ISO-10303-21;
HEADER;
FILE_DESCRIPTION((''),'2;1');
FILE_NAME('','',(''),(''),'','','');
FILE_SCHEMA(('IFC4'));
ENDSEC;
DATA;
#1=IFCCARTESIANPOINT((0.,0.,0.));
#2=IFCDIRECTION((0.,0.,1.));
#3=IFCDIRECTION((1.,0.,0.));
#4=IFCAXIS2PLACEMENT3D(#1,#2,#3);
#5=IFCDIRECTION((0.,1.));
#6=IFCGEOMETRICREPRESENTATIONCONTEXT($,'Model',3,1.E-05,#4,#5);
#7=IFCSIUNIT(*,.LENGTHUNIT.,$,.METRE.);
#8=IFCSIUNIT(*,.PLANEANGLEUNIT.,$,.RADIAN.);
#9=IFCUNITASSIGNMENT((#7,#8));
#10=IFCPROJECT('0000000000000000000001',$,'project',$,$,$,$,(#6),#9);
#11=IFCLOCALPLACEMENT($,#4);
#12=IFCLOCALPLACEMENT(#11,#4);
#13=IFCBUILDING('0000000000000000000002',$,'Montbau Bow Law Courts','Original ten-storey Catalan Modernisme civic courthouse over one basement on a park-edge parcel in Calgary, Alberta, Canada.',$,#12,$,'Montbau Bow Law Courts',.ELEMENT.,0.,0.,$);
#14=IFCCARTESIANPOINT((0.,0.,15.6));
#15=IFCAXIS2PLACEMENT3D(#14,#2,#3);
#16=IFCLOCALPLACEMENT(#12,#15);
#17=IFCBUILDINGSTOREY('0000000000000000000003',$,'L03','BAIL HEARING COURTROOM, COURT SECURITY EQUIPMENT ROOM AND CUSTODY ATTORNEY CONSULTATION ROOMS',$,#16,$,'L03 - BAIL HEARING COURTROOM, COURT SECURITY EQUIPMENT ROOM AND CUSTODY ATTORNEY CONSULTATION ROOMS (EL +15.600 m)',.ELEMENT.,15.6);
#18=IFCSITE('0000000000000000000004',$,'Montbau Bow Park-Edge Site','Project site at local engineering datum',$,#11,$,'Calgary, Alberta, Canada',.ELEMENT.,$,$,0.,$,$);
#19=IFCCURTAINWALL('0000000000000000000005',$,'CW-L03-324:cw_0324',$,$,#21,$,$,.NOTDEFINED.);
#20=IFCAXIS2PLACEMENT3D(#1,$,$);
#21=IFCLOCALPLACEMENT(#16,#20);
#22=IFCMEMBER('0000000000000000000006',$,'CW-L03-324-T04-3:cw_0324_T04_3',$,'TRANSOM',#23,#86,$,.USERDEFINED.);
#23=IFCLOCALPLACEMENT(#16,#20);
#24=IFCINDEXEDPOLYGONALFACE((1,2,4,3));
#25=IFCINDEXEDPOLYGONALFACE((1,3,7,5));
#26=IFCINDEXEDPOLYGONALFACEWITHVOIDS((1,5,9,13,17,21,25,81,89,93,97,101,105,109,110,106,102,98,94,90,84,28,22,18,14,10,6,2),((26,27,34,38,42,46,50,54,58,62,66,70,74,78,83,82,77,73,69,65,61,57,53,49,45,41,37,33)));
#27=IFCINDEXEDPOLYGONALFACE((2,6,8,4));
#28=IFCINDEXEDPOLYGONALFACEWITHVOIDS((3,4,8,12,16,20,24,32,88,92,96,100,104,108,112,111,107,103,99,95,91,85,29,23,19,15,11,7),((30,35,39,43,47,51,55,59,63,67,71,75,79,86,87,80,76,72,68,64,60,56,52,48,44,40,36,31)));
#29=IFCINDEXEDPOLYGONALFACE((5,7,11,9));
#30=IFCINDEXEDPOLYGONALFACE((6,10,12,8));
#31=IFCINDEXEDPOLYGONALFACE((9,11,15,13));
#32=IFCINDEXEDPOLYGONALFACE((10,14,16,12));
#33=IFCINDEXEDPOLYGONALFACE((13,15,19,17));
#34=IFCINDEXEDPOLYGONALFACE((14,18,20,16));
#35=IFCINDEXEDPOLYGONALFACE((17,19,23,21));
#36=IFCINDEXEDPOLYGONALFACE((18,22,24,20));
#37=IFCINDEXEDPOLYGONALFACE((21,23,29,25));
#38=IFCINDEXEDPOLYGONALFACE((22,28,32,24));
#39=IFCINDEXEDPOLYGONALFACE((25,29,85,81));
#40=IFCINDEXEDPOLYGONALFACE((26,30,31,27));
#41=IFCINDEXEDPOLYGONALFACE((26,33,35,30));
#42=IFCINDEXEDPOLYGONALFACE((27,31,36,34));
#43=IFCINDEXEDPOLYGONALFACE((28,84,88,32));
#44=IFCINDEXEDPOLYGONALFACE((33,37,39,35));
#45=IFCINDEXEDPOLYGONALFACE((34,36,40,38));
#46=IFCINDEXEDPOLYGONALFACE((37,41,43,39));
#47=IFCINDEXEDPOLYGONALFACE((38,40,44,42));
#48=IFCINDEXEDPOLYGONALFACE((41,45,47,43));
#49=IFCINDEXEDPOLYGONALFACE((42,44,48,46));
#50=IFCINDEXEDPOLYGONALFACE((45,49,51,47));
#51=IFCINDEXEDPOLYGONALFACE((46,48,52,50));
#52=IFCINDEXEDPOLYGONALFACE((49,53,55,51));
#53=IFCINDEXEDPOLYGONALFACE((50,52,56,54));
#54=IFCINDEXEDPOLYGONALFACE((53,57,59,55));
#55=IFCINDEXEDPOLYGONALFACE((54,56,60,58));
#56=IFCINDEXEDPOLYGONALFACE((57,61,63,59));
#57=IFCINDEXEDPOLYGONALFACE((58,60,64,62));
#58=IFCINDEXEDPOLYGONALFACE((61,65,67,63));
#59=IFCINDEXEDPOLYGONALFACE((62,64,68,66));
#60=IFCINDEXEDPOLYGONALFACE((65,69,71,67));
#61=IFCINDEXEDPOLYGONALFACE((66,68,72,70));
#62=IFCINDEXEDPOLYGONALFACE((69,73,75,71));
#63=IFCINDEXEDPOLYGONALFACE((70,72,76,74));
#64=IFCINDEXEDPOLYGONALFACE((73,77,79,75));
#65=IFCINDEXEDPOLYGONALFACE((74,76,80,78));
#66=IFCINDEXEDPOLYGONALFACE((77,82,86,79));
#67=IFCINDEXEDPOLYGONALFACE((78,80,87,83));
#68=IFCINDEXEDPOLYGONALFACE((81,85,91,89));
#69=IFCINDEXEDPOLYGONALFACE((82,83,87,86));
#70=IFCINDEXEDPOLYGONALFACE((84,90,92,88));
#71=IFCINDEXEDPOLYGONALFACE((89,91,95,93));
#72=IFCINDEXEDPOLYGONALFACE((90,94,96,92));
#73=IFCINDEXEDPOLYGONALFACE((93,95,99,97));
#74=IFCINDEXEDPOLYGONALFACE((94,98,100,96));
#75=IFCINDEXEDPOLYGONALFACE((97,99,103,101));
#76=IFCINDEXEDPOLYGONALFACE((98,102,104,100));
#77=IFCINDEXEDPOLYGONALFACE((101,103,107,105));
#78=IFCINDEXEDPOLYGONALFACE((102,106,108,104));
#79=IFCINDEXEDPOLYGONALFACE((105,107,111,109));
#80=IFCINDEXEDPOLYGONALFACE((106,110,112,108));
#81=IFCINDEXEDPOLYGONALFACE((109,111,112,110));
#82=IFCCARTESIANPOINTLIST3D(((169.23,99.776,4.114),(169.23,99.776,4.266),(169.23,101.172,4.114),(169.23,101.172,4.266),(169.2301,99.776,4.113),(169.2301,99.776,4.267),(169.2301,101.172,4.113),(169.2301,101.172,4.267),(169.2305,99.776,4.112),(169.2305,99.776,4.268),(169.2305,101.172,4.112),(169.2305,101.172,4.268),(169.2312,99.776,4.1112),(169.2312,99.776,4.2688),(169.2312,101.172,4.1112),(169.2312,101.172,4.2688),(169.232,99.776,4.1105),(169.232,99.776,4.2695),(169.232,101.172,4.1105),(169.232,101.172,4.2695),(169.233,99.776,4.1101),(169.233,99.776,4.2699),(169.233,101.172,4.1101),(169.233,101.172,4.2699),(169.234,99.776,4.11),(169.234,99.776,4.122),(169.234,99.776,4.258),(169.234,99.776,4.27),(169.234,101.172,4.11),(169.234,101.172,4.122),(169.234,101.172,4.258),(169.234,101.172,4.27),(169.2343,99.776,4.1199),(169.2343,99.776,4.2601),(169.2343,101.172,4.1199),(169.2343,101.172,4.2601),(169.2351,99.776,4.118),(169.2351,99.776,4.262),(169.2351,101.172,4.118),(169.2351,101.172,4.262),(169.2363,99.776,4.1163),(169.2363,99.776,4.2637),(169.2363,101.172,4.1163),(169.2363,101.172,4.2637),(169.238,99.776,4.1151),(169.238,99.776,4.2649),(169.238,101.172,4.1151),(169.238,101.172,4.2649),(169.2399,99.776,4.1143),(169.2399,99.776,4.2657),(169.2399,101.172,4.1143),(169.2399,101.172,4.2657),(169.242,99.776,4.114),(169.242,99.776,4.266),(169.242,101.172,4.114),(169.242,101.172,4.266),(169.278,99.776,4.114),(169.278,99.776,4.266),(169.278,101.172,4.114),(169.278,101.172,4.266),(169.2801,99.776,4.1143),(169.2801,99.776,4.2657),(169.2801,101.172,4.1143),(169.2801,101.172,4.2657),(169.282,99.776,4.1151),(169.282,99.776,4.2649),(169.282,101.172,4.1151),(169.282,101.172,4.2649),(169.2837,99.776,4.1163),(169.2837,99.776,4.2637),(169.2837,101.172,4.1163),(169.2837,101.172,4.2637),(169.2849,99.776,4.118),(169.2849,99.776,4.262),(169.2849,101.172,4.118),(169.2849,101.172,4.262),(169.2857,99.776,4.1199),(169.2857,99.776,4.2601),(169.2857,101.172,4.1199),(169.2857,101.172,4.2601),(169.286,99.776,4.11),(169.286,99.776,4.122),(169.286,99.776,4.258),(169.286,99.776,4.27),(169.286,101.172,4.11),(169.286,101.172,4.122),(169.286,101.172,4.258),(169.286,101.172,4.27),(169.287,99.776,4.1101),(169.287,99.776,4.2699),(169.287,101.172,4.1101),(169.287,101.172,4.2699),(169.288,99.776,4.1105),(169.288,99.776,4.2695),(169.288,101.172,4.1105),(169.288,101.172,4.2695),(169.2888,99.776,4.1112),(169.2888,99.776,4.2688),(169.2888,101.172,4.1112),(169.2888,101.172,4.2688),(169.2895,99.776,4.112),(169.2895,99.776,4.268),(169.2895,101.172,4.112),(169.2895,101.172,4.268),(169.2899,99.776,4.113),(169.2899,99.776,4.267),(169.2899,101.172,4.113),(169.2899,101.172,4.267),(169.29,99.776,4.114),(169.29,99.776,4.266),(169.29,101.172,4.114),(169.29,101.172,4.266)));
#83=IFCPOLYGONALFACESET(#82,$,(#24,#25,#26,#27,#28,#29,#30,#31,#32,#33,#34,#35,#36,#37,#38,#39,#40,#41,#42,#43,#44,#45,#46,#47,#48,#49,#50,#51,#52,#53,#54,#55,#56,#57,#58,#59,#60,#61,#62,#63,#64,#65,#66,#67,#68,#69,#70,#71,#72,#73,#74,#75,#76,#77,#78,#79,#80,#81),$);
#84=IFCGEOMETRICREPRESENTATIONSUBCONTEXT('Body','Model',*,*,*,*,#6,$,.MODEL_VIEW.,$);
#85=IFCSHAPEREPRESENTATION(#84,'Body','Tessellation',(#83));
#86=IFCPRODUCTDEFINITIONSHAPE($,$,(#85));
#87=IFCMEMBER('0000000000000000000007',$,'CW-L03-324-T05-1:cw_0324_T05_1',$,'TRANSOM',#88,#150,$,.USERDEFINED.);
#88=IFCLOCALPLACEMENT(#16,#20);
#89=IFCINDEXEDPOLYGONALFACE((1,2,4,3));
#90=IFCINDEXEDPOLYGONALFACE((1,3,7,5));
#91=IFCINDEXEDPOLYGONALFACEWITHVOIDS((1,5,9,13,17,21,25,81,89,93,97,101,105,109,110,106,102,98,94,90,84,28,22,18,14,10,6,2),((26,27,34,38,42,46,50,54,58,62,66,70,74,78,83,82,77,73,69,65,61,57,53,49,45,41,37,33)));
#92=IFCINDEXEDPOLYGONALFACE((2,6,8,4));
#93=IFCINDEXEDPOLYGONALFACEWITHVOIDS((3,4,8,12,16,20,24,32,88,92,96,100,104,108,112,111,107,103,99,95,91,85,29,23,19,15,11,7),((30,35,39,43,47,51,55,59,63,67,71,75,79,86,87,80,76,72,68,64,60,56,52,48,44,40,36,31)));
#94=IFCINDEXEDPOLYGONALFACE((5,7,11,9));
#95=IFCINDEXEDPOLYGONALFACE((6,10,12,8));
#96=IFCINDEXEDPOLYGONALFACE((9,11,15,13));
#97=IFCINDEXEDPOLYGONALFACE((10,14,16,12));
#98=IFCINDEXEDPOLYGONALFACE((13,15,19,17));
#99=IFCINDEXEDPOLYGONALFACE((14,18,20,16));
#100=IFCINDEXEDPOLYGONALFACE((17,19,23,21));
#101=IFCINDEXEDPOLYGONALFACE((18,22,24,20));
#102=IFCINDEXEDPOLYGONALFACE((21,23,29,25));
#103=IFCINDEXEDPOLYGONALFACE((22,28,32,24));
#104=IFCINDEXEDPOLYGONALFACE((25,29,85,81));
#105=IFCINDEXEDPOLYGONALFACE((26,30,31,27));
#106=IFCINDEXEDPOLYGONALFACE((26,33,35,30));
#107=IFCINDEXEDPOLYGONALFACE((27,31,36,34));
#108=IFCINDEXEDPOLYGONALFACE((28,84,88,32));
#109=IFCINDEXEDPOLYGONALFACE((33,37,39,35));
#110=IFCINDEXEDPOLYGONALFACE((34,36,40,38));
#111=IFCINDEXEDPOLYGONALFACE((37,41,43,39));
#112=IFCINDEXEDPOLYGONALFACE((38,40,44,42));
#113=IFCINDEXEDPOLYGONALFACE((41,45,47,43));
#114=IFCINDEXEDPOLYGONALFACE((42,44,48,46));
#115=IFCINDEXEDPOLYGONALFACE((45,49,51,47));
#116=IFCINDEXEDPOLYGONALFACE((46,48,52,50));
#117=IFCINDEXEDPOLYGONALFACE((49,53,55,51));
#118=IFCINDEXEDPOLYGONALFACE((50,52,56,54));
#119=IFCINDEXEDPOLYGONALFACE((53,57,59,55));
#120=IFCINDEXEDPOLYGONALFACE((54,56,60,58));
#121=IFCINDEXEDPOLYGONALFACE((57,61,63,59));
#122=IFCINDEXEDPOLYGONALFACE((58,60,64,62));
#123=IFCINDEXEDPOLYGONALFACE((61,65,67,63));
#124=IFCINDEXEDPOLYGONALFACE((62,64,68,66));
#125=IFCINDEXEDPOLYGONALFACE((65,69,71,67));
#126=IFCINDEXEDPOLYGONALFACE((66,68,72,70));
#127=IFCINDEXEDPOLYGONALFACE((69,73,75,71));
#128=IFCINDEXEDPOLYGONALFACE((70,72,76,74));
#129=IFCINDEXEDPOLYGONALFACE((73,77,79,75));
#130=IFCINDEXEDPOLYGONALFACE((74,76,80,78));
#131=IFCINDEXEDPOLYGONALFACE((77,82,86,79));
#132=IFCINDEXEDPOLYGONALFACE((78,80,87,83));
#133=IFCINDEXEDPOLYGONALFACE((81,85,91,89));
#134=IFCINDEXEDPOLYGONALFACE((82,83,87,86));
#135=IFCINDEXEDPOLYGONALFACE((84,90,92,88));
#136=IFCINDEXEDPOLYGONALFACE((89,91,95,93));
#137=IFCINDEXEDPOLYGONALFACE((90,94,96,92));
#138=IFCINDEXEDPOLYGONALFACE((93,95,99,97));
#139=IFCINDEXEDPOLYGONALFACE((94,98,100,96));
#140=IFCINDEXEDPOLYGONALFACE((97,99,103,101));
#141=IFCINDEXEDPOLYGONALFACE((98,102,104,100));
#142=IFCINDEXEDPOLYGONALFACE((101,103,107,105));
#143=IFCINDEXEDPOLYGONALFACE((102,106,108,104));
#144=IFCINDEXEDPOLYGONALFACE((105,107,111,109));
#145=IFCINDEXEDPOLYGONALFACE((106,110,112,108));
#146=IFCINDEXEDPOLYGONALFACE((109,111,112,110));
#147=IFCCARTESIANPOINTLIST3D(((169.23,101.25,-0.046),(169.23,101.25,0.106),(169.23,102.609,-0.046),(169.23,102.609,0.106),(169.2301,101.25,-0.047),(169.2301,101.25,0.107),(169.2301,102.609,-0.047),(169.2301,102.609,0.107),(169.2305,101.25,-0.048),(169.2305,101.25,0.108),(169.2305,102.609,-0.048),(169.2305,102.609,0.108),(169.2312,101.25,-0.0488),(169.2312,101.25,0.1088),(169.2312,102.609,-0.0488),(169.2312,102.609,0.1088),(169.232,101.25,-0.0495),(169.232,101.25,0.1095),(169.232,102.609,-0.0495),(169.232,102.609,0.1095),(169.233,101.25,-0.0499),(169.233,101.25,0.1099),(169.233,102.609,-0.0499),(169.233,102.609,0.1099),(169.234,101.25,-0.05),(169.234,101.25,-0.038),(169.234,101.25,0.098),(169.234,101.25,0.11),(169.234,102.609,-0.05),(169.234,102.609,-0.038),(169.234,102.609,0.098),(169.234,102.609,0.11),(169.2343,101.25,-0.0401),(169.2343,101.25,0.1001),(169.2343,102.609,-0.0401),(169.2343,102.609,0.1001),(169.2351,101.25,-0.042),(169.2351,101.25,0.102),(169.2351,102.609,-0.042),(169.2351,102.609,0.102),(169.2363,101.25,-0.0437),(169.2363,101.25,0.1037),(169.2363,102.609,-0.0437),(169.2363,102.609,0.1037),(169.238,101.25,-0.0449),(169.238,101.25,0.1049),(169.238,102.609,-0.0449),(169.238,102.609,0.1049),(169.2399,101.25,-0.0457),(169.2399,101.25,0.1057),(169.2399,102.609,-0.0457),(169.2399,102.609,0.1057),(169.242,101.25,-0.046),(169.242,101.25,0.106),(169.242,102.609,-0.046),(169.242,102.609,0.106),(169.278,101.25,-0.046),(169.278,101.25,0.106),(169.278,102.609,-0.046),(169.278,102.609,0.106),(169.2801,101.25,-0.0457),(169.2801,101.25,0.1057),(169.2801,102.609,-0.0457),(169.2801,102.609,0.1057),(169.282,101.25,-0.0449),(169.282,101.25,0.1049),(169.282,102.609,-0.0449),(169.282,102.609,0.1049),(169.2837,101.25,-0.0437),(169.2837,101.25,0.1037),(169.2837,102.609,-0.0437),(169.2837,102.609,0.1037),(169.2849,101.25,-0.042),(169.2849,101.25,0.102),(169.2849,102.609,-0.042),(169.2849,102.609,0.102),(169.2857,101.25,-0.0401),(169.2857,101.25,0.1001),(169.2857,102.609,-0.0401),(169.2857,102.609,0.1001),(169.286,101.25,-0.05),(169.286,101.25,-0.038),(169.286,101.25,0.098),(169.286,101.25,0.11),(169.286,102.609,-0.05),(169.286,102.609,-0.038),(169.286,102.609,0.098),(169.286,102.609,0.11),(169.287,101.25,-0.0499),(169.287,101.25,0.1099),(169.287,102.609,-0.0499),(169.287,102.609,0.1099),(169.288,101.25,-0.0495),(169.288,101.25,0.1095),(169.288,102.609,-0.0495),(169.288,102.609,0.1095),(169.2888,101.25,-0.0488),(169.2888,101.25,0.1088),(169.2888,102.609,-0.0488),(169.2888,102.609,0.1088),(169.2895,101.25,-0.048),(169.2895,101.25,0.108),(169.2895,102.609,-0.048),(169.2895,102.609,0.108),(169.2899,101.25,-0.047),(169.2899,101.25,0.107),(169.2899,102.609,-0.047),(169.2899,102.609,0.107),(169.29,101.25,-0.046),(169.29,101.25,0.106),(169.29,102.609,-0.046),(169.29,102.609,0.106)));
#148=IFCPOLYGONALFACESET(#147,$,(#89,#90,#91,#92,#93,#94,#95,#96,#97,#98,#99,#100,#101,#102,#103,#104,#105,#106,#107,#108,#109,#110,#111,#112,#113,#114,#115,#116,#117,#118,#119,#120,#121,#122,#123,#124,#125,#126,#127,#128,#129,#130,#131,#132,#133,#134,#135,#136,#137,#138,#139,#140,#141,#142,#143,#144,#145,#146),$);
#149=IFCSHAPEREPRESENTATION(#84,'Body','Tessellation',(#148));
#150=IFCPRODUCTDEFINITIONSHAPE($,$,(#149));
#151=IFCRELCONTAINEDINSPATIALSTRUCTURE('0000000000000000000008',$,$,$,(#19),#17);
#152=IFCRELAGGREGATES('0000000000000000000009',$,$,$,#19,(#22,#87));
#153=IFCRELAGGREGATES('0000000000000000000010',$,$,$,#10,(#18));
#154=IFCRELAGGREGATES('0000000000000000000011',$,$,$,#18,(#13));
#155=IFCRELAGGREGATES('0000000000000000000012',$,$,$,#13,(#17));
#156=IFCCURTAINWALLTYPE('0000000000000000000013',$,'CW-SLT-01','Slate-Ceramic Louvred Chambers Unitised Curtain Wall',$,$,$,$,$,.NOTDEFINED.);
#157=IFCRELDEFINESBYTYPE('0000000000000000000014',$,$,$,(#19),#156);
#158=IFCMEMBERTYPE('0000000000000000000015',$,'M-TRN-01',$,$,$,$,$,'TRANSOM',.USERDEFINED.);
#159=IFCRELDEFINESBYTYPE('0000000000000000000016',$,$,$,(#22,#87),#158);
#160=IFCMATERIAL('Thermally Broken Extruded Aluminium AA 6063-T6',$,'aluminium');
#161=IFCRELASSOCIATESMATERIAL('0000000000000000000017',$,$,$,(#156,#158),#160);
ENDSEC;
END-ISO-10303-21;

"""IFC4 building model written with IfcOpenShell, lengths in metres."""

from ifc_helpers import new_model, si_unit, direction, frame, origin_with_axes, origin_2d_with_axis, place, context, subcontext, project, spatial, hollow_rectangle, extrude, material, material_profile, profile_set, type_object, element, aggregate, save


model = new_model("IFC4")

# Units and contexts
model_context = context("Model", 3, precision=1e-05, world=origin_with_axes(), true_north=direction((0.0, 1.0)))
body_context = subcontext(model_context, "Body", "Model", "MODEL_VIEW")
ifc_project = project(units=[si_unit("LENGTHUNIT", "METRE"), si_unit("PLANEANGLEUNIT", "RADIAN")], contexts=[model_context])

# Site, building, storey
site_placement = place(None, origin_with_axes())
site = spatial("IfcSite", under=ifc_project, at=site_placement, Name="Montbau Bow Park-Edge Site", Description="Project site at local engineering datum", LongName="Calgary, Alberta, Canada", CompositionType="ELEMENT", RefElevation=0.0)
building_placement = place(site_placement, origin_with_axes())
building = spatial("IfcBuilding", under=site, at=building_placement, Name="Montbau Bow Law Courts", Description="Original ten-storey Catalan Modernisme civic courthouse over one basement on a park-edge parcel in Calgary, Alberta, Canada.", LongName="Montbau Bow Law Courts", CompositionType="ELEMENT", ElevationOfRefHeight=0.0, ElevationOfTerrain=0.0)
storey_placement = place(building_placement, frame((0.0, 0.0, 15.6), z_axis=(0.0, 0.0, 1.0), x_axis=(1.0, 0.0, 0.0)))
storey = spatial("IfcBuildingStorey", under=building, at=storey_placement, Name="L03", Description="BAIL HEARING COURTROOM, COURT SECURITY EQUIPMENT ROOM AND CUSTODY ATTORNEY CONSULTATION ROOMS", LongName="L03 - BAIL HEARING COURTROOM, COURT SECURITY EQUIPMENT ROOM AND CUSTODY ATTORNEY CONSULTATION ROOMS (EL +15.600 m)", CompositionType="ELEMENT", Elevation=15.6)

# Curtain wall, members
ifc_material_1 = material(Name="Thermally Broken Extruded Aluminium AA 6063-T6", Category="aluminium")
curtain_wall_type = type_object("IfcCurtainWallType", Name="CW-SLT-01", Description="Slate-Ceramic Louvred Chambers Unitised Curtain Wall", PredefinedType="NOTDEFINED", material=ifc_material_1)
curtain_wall_placement = place(None, frame((169.26, 95.315, 15.6), z_axis=(0.0, 0.0, 1.0), x_axis=(1.0, 0.0, 0.0)))
curtain_wall = element("IfcCurtainWall", 1, at=curtain_wall_placement, inside=storey, type_object=curtain_wall_type, Name="CW-L03-324:cw_0324", PredefinedType="NOTDEFINED")
ifc_material_profile_1 = material_profile(ifc_material_1, hollow_rectangle(XDim=0.06, YDim=0.16, WallThickness=0.004, InnerFilletRadius=0.008, OuterFilletRadius=0.004, at=origin_2d_with_axis()), Name="CWT-160X60", Category="Main", Priority=0)
ifc_profile_set_1 = profile_set([ifc_material_profile_1], Name="Thermally Broken Extruded Aluminium AA 6063-T6")
member_type_1 = type_object("IfcMemberType", Name="M-TRN-01", ElementType="TRANSOM", PredefinedType="USERDEFINED", material=ifc_profile_set_1)
member_1_placement = place(None, frame((169.26, 99.776, 19.79), z_axis=(0.0, 1.0, 0.0), x_axis=(-1.0, 0.0, 0.0)))
member_1 = element("IfcMember", 2, at=member_1_placement, type_object=member_type_1, Name="CW-L03-324-T04-3:cw_0324_T04_3", ObjectType="TRANSOM", PredefinedType="USERDEFINED", context=body_context, shape_type="SweptSolid", body=[
    extrude(hollow_rectangle(XDim=0.06, YDim=0.16, WallThickness=0.004, InnerFilletRadius=0.008, OuterFilletRadius=0.004, at=origin_2d_with_axis()), origin_with_axes(), (0.0, 0.0, 1.0), 1.396),
])
member_2_placement = place(None, frame((169.26, 101.25, 15.63), z_axis=(0.0, 1.0, 0.0), x_axis=(-1.0, 0.0, 0.0)))
member_2 = element("IfcMember", 3, at=member_2_placement, type_object=member_type_1, Name="CW-L03-324-T05-1:cw_0324_T05_1", ObjectType="TRANSOM", PredefinedType="USERDEFINED", context=body_context, shape_type="SweptSolid", body=[
    extrude(hollow_rectangle(XDim=0.06, YDim=0.16, WallThickness=0.004, InnerFilletRadius=0.008, OuterFilletRadius=0.004, at=origin_2d_with_axis()), origin_with_axes(), (0.0, 0.0, 1.0), 1.359),
])
aggregate(curtain_wall, [member_1, member_2])

save(model, "model.ifc")
